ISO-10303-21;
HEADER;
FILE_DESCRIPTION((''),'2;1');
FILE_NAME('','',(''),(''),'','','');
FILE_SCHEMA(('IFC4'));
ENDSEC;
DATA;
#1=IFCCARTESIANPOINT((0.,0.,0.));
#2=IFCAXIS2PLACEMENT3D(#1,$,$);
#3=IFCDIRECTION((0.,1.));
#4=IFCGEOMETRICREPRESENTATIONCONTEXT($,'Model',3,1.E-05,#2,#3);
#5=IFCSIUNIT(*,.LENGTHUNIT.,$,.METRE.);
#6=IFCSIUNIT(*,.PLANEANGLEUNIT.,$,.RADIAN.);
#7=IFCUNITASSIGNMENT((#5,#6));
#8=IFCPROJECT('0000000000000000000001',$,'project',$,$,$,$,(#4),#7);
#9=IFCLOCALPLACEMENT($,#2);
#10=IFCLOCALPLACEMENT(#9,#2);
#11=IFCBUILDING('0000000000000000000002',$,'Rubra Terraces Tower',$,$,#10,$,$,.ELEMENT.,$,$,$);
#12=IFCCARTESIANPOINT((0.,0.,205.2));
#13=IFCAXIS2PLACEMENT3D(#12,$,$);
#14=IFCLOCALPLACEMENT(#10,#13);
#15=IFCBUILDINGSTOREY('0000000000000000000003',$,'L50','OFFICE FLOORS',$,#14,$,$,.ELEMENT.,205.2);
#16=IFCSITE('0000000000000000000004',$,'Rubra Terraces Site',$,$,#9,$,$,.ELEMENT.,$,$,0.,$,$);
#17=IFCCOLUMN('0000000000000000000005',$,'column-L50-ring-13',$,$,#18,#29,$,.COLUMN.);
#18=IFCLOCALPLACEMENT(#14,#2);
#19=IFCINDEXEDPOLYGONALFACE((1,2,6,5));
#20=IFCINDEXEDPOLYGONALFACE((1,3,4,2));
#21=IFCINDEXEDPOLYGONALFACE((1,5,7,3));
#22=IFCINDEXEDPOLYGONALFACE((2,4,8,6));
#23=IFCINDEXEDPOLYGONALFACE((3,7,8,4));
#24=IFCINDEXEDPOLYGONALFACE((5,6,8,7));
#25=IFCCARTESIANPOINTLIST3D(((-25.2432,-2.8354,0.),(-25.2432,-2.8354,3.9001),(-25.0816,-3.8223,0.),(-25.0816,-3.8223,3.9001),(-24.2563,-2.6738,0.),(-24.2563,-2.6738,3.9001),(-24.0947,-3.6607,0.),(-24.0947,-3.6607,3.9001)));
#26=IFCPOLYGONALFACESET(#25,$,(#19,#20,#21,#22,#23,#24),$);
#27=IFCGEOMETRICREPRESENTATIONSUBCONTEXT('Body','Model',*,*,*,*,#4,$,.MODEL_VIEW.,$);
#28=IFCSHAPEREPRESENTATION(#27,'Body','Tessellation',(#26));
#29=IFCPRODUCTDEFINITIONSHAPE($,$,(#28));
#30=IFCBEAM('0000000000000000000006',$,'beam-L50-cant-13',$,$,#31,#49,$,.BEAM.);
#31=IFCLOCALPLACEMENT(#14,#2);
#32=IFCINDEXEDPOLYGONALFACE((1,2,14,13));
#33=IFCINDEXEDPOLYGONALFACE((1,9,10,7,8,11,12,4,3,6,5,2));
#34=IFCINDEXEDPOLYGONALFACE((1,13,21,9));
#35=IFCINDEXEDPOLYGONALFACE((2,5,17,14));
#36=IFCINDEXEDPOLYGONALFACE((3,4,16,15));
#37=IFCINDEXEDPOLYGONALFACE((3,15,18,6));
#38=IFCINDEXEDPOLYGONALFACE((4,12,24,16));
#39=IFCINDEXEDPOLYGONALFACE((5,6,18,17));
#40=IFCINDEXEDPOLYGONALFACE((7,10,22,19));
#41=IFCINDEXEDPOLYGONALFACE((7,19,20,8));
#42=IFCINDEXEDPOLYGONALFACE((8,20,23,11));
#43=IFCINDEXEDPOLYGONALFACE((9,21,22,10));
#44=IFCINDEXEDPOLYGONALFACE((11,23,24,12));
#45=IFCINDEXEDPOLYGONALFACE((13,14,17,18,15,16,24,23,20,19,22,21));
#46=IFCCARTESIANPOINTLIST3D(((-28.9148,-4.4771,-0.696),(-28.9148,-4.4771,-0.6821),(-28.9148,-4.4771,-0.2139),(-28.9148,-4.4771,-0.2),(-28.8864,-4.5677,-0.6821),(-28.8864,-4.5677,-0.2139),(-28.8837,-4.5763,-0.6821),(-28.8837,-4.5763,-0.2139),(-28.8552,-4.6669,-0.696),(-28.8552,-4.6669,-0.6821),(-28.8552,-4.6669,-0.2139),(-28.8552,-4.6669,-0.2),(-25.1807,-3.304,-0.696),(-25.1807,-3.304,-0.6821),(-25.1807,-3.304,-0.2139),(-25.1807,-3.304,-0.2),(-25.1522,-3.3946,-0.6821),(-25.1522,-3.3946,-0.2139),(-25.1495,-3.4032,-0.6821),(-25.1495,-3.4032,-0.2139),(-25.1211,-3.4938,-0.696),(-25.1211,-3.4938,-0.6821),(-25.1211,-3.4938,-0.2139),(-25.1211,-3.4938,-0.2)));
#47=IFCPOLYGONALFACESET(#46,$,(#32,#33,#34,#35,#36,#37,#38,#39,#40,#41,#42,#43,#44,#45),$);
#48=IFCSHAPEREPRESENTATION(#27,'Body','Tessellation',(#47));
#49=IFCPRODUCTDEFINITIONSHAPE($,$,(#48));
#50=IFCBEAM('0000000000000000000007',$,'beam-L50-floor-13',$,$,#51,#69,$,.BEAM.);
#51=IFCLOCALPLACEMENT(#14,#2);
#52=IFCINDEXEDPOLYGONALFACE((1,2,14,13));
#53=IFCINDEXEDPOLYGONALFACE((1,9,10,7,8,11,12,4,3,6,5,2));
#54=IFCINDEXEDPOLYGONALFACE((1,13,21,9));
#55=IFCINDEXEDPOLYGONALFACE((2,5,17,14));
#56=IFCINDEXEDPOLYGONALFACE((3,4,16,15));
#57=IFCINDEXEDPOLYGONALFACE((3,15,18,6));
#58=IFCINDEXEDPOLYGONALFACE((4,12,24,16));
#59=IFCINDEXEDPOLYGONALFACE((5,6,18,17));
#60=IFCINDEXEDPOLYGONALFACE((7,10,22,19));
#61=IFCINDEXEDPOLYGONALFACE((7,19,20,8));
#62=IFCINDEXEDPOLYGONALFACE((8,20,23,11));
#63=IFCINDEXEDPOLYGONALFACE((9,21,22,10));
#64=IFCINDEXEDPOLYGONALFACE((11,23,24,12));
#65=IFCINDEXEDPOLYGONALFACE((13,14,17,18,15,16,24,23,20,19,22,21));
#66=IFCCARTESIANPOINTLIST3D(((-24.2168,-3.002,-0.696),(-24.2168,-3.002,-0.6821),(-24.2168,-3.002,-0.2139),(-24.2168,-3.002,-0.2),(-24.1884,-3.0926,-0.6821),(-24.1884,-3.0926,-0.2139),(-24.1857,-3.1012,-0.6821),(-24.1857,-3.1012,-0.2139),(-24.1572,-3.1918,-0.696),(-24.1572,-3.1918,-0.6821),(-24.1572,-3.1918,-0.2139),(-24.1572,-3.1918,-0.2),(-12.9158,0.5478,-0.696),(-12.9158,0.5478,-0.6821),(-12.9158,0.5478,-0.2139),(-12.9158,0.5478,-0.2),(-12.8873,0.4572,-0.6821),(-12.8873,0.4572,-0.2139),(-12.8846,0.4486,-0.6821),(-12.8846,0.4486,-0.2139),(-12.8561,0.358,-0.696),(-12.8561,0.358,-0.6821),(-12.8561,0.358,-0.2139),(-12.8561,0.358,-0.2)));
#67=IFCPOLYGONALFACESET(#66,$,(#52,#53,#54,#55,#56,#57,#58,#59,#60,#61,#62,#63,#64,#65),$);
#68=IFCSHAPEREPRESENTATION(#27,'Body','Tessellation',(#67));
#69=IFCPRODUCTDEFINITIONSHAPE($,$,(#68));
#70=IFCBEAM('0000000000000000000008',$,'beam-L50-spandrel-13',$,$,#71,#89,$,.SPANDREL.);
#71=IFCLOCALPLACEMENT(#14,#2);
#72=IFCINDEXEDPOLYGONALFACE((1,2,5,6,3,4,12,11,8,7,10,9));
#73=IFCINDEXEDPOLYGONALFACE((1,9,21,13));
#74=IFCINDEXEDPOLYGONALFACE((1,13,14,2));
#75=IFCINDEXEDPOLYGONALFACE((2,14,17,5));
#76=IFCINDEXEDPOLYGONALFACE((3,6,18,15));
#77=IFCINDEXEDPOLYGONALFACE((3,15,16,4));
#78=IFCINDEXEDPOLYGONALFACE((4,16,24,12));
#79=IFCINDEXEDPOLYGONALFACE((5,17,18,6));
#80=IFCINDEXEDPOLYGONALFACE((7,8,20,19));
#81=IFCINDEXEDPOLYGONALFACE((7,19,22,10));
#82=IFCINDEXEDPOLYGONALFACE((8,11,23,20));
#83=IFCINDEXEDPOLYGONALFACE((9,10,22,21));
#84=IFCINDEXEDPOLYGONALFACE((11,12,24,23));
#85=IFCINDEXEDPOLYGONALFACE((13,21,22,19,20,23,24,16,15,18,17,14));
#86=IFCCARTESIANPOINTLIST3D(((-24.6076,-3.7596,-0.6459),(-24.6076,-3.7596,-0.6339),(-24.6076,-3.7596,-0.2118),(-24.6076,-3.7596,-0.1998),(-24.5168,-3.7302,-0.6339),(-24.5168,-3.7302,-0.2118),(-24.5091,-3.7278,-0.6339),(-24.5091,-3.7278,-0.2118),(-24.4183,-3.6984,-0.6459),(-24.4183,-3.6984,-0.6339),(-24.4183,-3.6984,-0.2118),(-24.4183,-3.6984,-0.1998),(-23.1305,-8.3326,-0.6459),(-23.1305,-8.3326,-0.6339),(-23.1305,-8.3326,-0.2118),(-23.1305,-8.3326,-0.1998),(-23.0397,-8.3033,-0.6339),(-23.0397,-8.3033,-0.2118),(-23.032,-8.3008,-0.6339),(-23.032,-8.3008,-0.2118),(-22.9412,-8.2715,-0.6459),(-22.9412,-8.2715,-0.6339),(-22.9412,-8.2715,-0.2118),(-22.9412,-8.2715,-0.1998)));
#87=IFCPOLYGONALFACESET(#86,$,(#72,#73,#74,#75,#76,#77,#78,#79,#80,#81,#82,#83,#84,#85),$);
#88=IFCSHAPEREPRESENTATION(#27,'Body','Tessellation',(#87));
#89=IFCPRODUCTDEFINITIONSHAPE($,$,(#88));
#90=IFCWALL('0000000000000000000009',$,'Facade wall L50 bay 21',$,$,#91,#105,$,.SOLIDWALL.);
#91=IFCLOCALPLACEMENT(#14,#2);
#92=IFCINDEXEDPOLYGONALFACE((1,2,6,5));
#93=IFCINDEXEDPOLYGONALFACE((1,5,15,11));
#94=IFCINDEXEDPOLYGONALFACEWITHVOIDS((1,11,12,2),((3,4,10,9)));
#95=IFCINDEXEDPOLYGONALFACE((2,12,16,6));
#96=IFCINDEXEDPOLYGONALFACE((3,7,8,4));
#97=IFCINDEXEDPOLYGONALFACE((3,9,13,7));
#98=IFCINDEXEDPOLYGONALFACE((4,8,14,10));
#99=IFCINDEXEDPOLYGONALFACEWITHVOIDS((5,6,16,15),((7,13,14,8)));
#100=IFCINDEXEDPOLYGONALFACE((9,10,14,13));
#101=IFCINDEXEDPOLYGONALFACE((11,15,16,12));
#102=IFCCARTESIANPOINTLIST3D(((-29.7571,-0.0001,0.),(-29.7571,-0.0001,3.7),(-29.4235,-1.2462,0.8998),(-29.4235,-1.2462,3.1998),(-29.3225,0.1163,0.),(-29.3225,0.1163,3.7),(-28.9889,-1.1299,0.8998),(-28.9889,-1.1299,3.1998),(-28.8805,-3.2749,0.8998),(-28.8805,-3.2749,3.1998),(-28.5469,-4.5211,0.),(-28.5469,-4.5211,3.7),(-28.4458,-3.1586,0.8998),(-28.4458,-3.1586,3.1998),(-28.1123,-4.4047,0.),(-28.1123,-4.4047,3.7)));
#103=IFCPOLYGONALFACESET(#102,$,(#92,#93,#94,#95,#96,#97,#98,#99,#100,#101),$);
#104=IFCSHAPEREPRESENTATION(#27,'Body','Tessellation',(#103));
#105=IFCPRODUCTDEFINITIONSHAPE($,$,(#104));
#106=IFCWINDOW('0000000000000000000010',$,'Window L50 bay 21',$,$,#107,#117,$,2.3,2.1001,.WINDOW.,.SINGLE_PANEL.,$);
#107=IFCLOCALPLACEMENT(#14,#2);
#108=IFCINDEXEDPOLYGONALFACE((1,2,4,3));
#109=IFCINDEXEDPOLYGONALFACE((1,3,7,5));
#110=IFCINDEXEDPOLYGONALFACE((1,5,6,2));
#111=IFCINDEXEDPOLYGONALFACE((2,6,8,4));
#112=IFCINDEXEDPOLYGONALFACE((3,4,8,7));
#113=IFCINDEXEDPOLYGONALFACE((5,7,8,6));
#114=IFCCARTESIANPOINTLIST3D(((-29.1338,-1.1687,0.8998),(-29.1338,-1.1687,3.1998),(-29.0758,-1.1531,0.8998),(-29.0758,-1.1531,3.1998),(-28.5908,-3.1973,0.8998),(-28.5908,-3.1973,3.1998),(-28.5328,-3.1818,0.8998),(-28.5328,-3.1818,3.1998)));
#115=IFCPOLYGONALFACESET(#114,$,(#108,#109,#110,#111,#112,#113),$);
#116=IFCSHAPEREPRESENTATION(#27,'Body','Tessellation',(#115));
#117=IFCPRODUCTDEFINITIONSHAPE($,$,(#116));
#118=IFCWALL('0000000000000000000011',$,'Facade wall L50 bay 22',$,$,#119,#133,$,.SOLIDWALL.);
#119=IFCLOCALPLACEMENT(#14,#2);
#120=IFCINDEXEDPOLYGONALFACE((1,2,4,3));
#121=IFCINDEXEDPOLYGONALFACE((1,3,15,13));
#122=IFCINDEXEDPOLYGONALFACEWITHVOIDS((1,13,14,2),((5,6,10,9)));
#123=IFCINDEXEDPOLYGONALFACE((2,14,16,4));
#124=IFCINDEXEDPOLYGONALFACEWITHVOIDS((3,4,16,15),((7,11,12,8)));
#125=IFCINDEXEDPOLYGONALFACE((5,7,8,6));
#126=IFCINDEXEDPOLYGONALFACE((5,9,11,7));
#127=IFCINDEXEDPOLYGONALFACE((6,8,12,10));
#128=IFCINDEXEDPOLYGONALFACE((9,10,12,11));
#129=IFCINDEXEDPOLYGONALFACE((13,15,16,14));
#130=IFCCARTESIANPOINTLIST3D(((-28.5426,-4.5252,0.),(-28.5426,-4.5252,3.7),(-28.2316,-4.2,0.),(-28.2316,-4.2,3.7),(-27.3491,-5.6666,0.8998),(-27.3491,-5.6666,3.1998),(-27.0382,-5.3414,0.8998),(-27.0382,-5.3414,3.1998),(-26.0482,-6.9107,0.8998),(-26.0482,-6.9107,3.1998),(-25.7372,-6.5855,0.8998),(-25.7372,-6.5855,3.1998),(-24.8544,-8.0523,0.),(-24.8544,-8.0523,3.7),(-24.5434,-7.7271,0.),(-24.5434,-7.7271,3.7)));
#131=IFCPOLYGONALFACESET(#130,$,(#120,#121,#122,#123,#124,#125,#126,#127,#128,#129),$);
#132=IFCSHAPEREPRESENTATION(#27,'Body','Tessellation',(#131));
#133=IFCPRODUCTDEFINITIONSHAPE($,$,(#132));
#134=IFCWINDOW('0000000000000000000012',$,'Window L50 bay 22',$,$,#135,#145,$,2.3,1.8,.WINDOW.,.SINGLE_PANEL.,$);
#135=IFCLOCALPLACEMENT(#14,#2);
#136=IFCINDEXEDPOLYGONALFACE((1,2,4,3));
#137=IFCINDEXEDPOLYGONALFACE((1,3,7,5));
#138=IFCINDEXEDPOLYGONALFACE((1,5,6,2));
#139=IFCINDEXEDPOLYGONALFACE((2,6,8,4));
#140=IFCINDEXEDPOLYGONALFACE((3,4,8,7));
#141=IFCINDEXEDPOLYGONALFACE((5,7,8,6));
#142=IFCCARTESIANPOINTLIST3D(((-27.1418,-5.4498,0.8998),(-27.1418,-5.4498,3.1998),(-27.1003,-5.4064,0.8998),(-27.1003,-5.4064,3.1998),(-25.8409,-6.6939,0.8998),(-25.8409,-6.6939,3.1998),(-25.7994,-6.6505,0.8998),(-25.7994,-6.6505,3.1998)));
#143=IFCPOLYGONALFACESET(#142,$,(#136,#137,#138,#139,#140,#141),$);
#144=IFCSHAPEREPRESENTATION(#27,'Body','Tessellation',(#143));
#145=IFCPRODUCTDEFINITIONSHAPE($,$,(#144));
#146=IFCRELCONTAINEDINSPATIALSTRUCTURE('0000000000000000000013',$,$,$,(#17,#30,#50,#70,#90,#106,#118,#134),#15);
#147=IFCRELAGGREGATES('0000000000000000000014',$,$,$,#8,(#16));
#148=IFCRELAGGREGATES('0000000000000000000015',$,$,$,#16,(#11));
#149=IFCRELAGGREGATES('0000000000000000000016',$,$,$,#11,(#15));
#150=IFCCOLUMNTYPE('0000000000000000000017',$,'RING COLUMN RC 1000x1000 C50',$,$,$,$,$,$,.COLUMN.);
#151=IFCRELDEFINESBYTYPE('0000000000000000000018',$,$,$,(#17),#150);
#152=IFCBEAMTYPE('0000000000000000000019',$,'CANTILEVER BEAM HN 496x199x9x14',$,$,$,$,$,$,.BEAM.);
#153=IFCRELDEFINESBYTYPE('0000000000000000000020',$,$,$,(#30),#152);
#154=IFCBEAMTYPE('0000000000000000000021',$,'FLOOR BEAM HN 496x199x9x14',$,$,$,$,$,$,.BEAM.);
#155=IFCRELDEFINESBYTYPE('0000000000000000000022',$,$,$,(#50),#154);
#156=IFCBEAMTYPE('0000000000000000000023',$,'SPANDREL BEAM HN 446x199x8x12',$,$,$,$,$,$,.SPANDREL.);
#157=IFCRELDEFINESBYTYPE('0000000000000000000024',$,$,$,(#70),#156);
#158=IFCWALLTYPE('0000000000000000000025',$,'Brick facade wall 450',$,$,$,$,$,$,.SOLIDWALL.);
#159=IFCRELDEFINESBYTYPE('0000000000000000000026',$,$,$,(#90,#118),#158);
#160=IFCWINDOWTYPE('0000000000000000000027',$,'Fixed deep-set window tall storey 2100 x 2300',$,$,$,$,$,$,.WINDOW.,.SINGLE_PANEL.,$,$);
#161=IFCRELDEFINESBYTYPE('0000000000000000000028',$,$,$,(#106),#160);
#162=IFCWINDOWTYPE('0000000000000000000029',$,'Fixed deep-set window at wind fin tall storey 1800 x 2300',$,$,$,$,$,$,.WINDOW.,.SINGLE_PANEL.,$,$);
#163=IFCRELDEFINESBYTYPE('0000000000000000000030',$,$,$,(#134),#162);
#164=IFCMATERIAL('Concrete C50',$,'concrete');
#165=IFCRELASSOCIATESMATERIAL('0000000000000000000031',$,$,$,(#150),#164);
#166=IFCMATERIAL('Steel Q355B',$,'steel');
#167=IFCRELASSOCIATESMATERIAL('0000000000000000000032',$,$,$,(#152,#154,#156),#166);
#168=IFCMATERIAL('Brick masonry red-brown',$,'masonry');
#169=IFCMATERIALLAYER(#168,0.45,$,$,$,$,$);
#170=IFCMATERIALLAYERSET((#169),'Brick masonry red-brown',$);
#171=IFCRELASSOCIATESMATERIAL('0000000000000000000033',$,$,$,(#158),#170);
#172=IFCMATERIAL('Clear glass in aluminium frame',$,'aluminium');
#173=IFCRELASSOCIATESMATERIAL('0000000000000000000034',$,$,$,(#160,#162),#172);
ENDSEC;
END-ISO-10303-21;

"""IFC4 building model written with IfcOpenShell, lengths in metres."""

from ifc_helpers import new_model, si_unit, direction, frame, frame_2d, origin, origin_2d, place, context, subcontext, project, spatial, rectangle, i_section, extrude, material, layer, layer_set, material_profile, profile_set, type_object, element, fill, save


model = new_model("IFC4")

# Units and contexts
model_context = context("Model", 3, precision=1e-05, world=origin(), true_north=direction((0.0, 1.0)))
body_context = subcontext(model_context, "Body", "Model", "MODEL_VIEW")
ifc_project = project(units=[si_unit("LENGTHUNIT", "METRE"), si_unit("PLANEANGLEUNIT", "RADIAN")], contexts=[model_context])

# Site, building, storey
site_placement = place(None, origin())
site = spatial("IfcSite", under=ifc_project, at=site_placement, Name="Rubra Terraces Site", CompositionType="ELEMENT", RefElevation=0.0)
building_placement = place(site_placement, origin())
building = spatial("IfcBuilding", under=site, at=building_placement, Name="Rubra Terraces Tower", CompositionType="ELEMENT")
storey_placement = place(building_placement, frame((0.0, 0.0, 205.2)))
storey = spatial("IfcBuildingStorey", under=building, at=storey_placement, Name="L50", Description="OFFICE FLOORS", CompositionType="ELEMENT", Elevation=205.2)

# Column
ifc_material_1 = material(Name="Concrete C50", Category="concrete")
ifc_material_profile_1 = material_profile(ifc_material_1, rectangle(XDim=1.0, YDim=1.0, at=origin_2d()), Name="RC 1000x1000")
ifc_profile_set_1 = profile_set([ifc_material_profile_1], Name="Concrete C50")
column_type = type_object("IfcColumnType", Name="RING COLUMN RC 1000x1000 C50", PredefinedType="COLUMN", material=ifc_profile_set_1)
column_placement = place(storey_placement, frame((-24.6689, -3.248, 0.0), z_axis=(0.0, 0.0, 1.0), x_axis=(0.161559, -0.986863, 0.0)))
element("IfcColumn", 1, at=column_placement, inside=storey, type_object=column_type, Name="column-L50-ring-13", PredefinedType="COLUMN", context=body_context, shape_type="SweptSolid", body=[
    extrude(rectangle(XDim=1.0, YDim=1.0, at=origin_2d()), origin(), (0.0, 0.0, 1.0), 3.9001),
])

# Beams
ifc_material_2 = material(Name="Steel Q355B", Category="steel")
ifc_material_profile_2 = material_profile(ifc_material_2, i_section(OverallWidth=0.199, OverallDepth=0.4961, WebThickness=0.009, FlangeThickness=0.0139, at=origin_2d()), Name="HN 496x199x9x14")
ifc_profile_set_2 = profile_set([ifc_material_profile_2], Name="Steel Q355B")
beam_type_1 = type_object("IfcBeamType", Name="CANTILEVER BEAM HN 496x199x9x14", PredefinedType="BEAM", material=ifc_profile_set_2)
beam_1_placement = place(storey_placement, frame((-25.1509, -3.3989, -0.448), z_axis=(-0.954029, -0.299713, 0.0), x_axis=(0.299713, -0.954029, 0.0)))
element("IfcBeam", 2, at=beam_1_placement, inside=storey, type_object=beam_type_1, Name="beam-L50-cant-13", PredefinedType="BEAM", context=body_context, shape_type="SweptSolid", body=[
    extrude(i_section(OverallWidth=0.199, OverallDepth=0.4961, WebThickness=0.009, FlangeThickness=0.0139, at=origin_2d()), origin(), (0.0, 0.0, 1.0), 3.9141),
])
ifc_material_profile_3 = material_profile(ifc_material_2, i_section(OverallWidth=0.199, OverallDepth=0.4961, WebThickness=0.009, FlangeThickness=0.0139, at=origin_2d()), Name="HN 496x199x9x14")
ifc_profile_set_3 = profile_set([ifc_material_profile_3], Name="Steel Q355B")
beam_type_2 = type_object("IfcBeamType", Name="FLOOR BEAM HN 496x199x9x14", PredefinedType="BEAM", material=ifc_profile_set_3)
beam_2_placement = place(storey_placement, frame((-24.187, -3.0969, -0.448), z_axis=(0.954041, 0.299677, 0.0), x_axis=(-0.299677, 0.954041, 0.0)))
element("IfcBeam", 3, at=beam_2_placement, inside=storey, type_object=beam_type_2, Name="beam-L50-floor-13", PredefinedType="BEAM", context=body_context, shape_type="SweptSolid", body=[
    extrude(i_section(OverallWidth=0.199, OverallDepth=0.4961, WebThickness=0.009, FlangeThickness=0.0139, at=origin_2d()), origin(), (0.0, 0.0, 1.0), 11.8455),
])
ifc_material_profile_4 = material_profile(ifc_material_2, i_section(OverallWidth=0.199, OverallDepth=0.446, WebThickness=0.0081, FlangeThickness=0.012, at=origin_2d()), Name="HN 446x199x8x12")
ifc_profile_set_4 = profile_set([ifc_material_profile_4], Name="Steel Q355B")
beam_type_3 = type_object("IfcBeamType", Name="SPANDREL BEAM HN 446x199x8x12", PredefinedType="SPANDREL", material=ifc_profile_set_4)
beam_3_placement = place(storey_placement, frame((-24.5129, -3.729, -0.4229), z_axis=(0.307359, -0.951594, 0.0), x_axis=(0.951594, 0.307359, 0.0)))
element("IfcBeam", 4, at=beam_3_placement, inside=storey, type_object=beam_type_3, Name="beam-L50-spandrel-13", PredefinedType="SPANDREL", context=body_context, shape_type="SweptSolid", body=[
    extrude(i_section(OverallWidth=0.199, OverallDepth=0.446, WebThickness=0.0081, FlangeThickness=0.012, at=origin_2d()), origin(), (0.0, 0.0, 1.0), 4.8057),
])

# Walls, openings, windows
ifc_material_3 = material(Name="Brick masonry red-brown", Category="masonry")
ifc_layer_1 = layer(ifc_material_3, 0.45)
ifc_layer_set_1 = layer_set([ifc_layer_1], Name="Brick masonry red-brown")
wall_type_1 = type_object("IfcWallType", Name="Brick facade wall 450", PredefinedType="SOLIDWALL", material=ifc_layer_set_1)
wall_1_placement = place(storey_placement, frame((-29.5398, 0.0581, 0.0), z_axis=(0.0, 0.0, 1.0), x_axis=(0.258581, -0.965989, 0.0)))
wall_1 = element("IfcWall", 5, at=wall_1_placement, inside=storey, type_object=wall_type_1, Name="Facade wall L50 bay 21", PredefinedType="SOLIDWALL", context=body_context, shape_type="SweptSolid", body=[
    extrude(rectangle(XDim=4.6802, YDim=0.45, at=frame_2d((2.3401, 0.0))), origin(), (0.0, 0.0, 1.0), 3.7),
])
opening_1_placement = place(wall_1_placement, frame((1.29, 0.0, 0.8999)))
opening_1 = element("IfcOpeningElement", 6, at=opening_1_placement, cuts=wall_1, PredefinedType="OPENING", context=body_context, shape_type="SweptSolid", body=[
    extrude(rectangle(XDim=2.1001, YDim=2.3, at=frame_2d((1.05, 1.1499))), frame((0.0, 0.2349, 0.0), z_axis=(0.0, -1.0, 0.0), x_axis=(1.0, 0.0, 0.0)), (0.0, 0.0, 1.0), 0.47),
])
ifc_material_4 = material(Name="Clear glass in aluminium frame", Category="aluminium")
window_type_1 = type_object("IfcWindowType", Name="Fixed deep-set window tall storey 2100 x 2300", PartitioningType="SINGLE_PANEL", PredefinedType="WINDOW", material=ifc_material_4)
window_1_placement = place(opening_1_placement, origin())
window_1 = element("IfcWindow", 7, at=window_1_placement, inside=storey, type_object=window_type_1, Name="Window L50 bay 21", OverallHeight=2.3, OverallWidth=2.1001, PartitioningType="SINGLE_PANEL", PredefinedType="WINDOW", context=body_context, shape_type="SweptSolid", body=[
    extrude(rectangle(XDim=2.1001, YDim=2.3, at=frame_2d((1.05, 1.1499))), frame((0.0, 0.135, 0.0), z_axis=(0.0, -1.0, 0.0), x_axis=(1.0, 0.0, 0.0)), (0.0, 0.0, 1.0), 0.0601),
])
fill(opening_1, window_1)
wall_2_placement = place(storey_placement, frame((-28.3872, -4.3625, 0.0), z_axis=(0.0, 0.0, 1.0), x_axis=(0.722718, -0.691143, 0.0)))
wall_2 = element("IfcWall", 8, at=wall_2_placement, inside=storey, type_object=wall_type_1, Name="Facade wall L50 bay 22", PredefinedType="SOLIDWALL", context=body_context, shape_type="SweptSolid", body=[
    extrude(rectangle(XDim=5.1033, YDim=0.45, at=frame_2d((2.5518, 0.0))), origin(), (0.0, 0.0, 1.0), 3.7),
])
opening_2_placement = place(wall_2_placement, frame((1.6516, 0.0, 0.8999)))
opening_2 = element("IfcOpeningElement", 9, at=opening_2_placement, cuts=wall_2, PredefinedType="OPENING", context=body_context, shape_type="SweptSolid", body=[
    extrude(rectangle(XDim=1.8, YDim=2.3, at=frame_2d((0.8999, 1.1499))), frame((0.0, 0.2349, 0.0), z_axis=(0.0, -1.0, 0.0), x_axis=(1.0, 0.0, 0.0)), (0.0, 0.0, 1.0), 0.47),
])
window_type_2 = type_object("IfcWindowType", Name="Fixed deep-set window at wind fin tall storey 1800 x 2300", PartitioningType="SINGLE_PANEL", PredefinedType="WINDOW", material=ifc_material_4)
window_2_placement = place(opening_2_placement, origin())
window_2 = element("IfcWindow", 10, at=window_2_placement, inside=storey, type_object=window_type_2, Name="Window L50 bay 22", OverallHeight=2.3, OverallWidth=1.8, PartitioningType="SINGLE_PANEL", PredefinedType="WINDOW", context=body_context, shape_type="SweptSolid", body=[
    extrude(rectangle(XDim=1.8, YDim=2.3, at=frame_2d((0.8999, 1.1499))), frame((0.0, 0.135, 0.0), z_axis=(0.0, -1.0, 0.0), x_axis=(1.0, 0.0, 0.0)), (0.0, 0.0, 1.0), 0.0601),
])
fill(opening_2, window_2)

save(model, "model.ifc")
